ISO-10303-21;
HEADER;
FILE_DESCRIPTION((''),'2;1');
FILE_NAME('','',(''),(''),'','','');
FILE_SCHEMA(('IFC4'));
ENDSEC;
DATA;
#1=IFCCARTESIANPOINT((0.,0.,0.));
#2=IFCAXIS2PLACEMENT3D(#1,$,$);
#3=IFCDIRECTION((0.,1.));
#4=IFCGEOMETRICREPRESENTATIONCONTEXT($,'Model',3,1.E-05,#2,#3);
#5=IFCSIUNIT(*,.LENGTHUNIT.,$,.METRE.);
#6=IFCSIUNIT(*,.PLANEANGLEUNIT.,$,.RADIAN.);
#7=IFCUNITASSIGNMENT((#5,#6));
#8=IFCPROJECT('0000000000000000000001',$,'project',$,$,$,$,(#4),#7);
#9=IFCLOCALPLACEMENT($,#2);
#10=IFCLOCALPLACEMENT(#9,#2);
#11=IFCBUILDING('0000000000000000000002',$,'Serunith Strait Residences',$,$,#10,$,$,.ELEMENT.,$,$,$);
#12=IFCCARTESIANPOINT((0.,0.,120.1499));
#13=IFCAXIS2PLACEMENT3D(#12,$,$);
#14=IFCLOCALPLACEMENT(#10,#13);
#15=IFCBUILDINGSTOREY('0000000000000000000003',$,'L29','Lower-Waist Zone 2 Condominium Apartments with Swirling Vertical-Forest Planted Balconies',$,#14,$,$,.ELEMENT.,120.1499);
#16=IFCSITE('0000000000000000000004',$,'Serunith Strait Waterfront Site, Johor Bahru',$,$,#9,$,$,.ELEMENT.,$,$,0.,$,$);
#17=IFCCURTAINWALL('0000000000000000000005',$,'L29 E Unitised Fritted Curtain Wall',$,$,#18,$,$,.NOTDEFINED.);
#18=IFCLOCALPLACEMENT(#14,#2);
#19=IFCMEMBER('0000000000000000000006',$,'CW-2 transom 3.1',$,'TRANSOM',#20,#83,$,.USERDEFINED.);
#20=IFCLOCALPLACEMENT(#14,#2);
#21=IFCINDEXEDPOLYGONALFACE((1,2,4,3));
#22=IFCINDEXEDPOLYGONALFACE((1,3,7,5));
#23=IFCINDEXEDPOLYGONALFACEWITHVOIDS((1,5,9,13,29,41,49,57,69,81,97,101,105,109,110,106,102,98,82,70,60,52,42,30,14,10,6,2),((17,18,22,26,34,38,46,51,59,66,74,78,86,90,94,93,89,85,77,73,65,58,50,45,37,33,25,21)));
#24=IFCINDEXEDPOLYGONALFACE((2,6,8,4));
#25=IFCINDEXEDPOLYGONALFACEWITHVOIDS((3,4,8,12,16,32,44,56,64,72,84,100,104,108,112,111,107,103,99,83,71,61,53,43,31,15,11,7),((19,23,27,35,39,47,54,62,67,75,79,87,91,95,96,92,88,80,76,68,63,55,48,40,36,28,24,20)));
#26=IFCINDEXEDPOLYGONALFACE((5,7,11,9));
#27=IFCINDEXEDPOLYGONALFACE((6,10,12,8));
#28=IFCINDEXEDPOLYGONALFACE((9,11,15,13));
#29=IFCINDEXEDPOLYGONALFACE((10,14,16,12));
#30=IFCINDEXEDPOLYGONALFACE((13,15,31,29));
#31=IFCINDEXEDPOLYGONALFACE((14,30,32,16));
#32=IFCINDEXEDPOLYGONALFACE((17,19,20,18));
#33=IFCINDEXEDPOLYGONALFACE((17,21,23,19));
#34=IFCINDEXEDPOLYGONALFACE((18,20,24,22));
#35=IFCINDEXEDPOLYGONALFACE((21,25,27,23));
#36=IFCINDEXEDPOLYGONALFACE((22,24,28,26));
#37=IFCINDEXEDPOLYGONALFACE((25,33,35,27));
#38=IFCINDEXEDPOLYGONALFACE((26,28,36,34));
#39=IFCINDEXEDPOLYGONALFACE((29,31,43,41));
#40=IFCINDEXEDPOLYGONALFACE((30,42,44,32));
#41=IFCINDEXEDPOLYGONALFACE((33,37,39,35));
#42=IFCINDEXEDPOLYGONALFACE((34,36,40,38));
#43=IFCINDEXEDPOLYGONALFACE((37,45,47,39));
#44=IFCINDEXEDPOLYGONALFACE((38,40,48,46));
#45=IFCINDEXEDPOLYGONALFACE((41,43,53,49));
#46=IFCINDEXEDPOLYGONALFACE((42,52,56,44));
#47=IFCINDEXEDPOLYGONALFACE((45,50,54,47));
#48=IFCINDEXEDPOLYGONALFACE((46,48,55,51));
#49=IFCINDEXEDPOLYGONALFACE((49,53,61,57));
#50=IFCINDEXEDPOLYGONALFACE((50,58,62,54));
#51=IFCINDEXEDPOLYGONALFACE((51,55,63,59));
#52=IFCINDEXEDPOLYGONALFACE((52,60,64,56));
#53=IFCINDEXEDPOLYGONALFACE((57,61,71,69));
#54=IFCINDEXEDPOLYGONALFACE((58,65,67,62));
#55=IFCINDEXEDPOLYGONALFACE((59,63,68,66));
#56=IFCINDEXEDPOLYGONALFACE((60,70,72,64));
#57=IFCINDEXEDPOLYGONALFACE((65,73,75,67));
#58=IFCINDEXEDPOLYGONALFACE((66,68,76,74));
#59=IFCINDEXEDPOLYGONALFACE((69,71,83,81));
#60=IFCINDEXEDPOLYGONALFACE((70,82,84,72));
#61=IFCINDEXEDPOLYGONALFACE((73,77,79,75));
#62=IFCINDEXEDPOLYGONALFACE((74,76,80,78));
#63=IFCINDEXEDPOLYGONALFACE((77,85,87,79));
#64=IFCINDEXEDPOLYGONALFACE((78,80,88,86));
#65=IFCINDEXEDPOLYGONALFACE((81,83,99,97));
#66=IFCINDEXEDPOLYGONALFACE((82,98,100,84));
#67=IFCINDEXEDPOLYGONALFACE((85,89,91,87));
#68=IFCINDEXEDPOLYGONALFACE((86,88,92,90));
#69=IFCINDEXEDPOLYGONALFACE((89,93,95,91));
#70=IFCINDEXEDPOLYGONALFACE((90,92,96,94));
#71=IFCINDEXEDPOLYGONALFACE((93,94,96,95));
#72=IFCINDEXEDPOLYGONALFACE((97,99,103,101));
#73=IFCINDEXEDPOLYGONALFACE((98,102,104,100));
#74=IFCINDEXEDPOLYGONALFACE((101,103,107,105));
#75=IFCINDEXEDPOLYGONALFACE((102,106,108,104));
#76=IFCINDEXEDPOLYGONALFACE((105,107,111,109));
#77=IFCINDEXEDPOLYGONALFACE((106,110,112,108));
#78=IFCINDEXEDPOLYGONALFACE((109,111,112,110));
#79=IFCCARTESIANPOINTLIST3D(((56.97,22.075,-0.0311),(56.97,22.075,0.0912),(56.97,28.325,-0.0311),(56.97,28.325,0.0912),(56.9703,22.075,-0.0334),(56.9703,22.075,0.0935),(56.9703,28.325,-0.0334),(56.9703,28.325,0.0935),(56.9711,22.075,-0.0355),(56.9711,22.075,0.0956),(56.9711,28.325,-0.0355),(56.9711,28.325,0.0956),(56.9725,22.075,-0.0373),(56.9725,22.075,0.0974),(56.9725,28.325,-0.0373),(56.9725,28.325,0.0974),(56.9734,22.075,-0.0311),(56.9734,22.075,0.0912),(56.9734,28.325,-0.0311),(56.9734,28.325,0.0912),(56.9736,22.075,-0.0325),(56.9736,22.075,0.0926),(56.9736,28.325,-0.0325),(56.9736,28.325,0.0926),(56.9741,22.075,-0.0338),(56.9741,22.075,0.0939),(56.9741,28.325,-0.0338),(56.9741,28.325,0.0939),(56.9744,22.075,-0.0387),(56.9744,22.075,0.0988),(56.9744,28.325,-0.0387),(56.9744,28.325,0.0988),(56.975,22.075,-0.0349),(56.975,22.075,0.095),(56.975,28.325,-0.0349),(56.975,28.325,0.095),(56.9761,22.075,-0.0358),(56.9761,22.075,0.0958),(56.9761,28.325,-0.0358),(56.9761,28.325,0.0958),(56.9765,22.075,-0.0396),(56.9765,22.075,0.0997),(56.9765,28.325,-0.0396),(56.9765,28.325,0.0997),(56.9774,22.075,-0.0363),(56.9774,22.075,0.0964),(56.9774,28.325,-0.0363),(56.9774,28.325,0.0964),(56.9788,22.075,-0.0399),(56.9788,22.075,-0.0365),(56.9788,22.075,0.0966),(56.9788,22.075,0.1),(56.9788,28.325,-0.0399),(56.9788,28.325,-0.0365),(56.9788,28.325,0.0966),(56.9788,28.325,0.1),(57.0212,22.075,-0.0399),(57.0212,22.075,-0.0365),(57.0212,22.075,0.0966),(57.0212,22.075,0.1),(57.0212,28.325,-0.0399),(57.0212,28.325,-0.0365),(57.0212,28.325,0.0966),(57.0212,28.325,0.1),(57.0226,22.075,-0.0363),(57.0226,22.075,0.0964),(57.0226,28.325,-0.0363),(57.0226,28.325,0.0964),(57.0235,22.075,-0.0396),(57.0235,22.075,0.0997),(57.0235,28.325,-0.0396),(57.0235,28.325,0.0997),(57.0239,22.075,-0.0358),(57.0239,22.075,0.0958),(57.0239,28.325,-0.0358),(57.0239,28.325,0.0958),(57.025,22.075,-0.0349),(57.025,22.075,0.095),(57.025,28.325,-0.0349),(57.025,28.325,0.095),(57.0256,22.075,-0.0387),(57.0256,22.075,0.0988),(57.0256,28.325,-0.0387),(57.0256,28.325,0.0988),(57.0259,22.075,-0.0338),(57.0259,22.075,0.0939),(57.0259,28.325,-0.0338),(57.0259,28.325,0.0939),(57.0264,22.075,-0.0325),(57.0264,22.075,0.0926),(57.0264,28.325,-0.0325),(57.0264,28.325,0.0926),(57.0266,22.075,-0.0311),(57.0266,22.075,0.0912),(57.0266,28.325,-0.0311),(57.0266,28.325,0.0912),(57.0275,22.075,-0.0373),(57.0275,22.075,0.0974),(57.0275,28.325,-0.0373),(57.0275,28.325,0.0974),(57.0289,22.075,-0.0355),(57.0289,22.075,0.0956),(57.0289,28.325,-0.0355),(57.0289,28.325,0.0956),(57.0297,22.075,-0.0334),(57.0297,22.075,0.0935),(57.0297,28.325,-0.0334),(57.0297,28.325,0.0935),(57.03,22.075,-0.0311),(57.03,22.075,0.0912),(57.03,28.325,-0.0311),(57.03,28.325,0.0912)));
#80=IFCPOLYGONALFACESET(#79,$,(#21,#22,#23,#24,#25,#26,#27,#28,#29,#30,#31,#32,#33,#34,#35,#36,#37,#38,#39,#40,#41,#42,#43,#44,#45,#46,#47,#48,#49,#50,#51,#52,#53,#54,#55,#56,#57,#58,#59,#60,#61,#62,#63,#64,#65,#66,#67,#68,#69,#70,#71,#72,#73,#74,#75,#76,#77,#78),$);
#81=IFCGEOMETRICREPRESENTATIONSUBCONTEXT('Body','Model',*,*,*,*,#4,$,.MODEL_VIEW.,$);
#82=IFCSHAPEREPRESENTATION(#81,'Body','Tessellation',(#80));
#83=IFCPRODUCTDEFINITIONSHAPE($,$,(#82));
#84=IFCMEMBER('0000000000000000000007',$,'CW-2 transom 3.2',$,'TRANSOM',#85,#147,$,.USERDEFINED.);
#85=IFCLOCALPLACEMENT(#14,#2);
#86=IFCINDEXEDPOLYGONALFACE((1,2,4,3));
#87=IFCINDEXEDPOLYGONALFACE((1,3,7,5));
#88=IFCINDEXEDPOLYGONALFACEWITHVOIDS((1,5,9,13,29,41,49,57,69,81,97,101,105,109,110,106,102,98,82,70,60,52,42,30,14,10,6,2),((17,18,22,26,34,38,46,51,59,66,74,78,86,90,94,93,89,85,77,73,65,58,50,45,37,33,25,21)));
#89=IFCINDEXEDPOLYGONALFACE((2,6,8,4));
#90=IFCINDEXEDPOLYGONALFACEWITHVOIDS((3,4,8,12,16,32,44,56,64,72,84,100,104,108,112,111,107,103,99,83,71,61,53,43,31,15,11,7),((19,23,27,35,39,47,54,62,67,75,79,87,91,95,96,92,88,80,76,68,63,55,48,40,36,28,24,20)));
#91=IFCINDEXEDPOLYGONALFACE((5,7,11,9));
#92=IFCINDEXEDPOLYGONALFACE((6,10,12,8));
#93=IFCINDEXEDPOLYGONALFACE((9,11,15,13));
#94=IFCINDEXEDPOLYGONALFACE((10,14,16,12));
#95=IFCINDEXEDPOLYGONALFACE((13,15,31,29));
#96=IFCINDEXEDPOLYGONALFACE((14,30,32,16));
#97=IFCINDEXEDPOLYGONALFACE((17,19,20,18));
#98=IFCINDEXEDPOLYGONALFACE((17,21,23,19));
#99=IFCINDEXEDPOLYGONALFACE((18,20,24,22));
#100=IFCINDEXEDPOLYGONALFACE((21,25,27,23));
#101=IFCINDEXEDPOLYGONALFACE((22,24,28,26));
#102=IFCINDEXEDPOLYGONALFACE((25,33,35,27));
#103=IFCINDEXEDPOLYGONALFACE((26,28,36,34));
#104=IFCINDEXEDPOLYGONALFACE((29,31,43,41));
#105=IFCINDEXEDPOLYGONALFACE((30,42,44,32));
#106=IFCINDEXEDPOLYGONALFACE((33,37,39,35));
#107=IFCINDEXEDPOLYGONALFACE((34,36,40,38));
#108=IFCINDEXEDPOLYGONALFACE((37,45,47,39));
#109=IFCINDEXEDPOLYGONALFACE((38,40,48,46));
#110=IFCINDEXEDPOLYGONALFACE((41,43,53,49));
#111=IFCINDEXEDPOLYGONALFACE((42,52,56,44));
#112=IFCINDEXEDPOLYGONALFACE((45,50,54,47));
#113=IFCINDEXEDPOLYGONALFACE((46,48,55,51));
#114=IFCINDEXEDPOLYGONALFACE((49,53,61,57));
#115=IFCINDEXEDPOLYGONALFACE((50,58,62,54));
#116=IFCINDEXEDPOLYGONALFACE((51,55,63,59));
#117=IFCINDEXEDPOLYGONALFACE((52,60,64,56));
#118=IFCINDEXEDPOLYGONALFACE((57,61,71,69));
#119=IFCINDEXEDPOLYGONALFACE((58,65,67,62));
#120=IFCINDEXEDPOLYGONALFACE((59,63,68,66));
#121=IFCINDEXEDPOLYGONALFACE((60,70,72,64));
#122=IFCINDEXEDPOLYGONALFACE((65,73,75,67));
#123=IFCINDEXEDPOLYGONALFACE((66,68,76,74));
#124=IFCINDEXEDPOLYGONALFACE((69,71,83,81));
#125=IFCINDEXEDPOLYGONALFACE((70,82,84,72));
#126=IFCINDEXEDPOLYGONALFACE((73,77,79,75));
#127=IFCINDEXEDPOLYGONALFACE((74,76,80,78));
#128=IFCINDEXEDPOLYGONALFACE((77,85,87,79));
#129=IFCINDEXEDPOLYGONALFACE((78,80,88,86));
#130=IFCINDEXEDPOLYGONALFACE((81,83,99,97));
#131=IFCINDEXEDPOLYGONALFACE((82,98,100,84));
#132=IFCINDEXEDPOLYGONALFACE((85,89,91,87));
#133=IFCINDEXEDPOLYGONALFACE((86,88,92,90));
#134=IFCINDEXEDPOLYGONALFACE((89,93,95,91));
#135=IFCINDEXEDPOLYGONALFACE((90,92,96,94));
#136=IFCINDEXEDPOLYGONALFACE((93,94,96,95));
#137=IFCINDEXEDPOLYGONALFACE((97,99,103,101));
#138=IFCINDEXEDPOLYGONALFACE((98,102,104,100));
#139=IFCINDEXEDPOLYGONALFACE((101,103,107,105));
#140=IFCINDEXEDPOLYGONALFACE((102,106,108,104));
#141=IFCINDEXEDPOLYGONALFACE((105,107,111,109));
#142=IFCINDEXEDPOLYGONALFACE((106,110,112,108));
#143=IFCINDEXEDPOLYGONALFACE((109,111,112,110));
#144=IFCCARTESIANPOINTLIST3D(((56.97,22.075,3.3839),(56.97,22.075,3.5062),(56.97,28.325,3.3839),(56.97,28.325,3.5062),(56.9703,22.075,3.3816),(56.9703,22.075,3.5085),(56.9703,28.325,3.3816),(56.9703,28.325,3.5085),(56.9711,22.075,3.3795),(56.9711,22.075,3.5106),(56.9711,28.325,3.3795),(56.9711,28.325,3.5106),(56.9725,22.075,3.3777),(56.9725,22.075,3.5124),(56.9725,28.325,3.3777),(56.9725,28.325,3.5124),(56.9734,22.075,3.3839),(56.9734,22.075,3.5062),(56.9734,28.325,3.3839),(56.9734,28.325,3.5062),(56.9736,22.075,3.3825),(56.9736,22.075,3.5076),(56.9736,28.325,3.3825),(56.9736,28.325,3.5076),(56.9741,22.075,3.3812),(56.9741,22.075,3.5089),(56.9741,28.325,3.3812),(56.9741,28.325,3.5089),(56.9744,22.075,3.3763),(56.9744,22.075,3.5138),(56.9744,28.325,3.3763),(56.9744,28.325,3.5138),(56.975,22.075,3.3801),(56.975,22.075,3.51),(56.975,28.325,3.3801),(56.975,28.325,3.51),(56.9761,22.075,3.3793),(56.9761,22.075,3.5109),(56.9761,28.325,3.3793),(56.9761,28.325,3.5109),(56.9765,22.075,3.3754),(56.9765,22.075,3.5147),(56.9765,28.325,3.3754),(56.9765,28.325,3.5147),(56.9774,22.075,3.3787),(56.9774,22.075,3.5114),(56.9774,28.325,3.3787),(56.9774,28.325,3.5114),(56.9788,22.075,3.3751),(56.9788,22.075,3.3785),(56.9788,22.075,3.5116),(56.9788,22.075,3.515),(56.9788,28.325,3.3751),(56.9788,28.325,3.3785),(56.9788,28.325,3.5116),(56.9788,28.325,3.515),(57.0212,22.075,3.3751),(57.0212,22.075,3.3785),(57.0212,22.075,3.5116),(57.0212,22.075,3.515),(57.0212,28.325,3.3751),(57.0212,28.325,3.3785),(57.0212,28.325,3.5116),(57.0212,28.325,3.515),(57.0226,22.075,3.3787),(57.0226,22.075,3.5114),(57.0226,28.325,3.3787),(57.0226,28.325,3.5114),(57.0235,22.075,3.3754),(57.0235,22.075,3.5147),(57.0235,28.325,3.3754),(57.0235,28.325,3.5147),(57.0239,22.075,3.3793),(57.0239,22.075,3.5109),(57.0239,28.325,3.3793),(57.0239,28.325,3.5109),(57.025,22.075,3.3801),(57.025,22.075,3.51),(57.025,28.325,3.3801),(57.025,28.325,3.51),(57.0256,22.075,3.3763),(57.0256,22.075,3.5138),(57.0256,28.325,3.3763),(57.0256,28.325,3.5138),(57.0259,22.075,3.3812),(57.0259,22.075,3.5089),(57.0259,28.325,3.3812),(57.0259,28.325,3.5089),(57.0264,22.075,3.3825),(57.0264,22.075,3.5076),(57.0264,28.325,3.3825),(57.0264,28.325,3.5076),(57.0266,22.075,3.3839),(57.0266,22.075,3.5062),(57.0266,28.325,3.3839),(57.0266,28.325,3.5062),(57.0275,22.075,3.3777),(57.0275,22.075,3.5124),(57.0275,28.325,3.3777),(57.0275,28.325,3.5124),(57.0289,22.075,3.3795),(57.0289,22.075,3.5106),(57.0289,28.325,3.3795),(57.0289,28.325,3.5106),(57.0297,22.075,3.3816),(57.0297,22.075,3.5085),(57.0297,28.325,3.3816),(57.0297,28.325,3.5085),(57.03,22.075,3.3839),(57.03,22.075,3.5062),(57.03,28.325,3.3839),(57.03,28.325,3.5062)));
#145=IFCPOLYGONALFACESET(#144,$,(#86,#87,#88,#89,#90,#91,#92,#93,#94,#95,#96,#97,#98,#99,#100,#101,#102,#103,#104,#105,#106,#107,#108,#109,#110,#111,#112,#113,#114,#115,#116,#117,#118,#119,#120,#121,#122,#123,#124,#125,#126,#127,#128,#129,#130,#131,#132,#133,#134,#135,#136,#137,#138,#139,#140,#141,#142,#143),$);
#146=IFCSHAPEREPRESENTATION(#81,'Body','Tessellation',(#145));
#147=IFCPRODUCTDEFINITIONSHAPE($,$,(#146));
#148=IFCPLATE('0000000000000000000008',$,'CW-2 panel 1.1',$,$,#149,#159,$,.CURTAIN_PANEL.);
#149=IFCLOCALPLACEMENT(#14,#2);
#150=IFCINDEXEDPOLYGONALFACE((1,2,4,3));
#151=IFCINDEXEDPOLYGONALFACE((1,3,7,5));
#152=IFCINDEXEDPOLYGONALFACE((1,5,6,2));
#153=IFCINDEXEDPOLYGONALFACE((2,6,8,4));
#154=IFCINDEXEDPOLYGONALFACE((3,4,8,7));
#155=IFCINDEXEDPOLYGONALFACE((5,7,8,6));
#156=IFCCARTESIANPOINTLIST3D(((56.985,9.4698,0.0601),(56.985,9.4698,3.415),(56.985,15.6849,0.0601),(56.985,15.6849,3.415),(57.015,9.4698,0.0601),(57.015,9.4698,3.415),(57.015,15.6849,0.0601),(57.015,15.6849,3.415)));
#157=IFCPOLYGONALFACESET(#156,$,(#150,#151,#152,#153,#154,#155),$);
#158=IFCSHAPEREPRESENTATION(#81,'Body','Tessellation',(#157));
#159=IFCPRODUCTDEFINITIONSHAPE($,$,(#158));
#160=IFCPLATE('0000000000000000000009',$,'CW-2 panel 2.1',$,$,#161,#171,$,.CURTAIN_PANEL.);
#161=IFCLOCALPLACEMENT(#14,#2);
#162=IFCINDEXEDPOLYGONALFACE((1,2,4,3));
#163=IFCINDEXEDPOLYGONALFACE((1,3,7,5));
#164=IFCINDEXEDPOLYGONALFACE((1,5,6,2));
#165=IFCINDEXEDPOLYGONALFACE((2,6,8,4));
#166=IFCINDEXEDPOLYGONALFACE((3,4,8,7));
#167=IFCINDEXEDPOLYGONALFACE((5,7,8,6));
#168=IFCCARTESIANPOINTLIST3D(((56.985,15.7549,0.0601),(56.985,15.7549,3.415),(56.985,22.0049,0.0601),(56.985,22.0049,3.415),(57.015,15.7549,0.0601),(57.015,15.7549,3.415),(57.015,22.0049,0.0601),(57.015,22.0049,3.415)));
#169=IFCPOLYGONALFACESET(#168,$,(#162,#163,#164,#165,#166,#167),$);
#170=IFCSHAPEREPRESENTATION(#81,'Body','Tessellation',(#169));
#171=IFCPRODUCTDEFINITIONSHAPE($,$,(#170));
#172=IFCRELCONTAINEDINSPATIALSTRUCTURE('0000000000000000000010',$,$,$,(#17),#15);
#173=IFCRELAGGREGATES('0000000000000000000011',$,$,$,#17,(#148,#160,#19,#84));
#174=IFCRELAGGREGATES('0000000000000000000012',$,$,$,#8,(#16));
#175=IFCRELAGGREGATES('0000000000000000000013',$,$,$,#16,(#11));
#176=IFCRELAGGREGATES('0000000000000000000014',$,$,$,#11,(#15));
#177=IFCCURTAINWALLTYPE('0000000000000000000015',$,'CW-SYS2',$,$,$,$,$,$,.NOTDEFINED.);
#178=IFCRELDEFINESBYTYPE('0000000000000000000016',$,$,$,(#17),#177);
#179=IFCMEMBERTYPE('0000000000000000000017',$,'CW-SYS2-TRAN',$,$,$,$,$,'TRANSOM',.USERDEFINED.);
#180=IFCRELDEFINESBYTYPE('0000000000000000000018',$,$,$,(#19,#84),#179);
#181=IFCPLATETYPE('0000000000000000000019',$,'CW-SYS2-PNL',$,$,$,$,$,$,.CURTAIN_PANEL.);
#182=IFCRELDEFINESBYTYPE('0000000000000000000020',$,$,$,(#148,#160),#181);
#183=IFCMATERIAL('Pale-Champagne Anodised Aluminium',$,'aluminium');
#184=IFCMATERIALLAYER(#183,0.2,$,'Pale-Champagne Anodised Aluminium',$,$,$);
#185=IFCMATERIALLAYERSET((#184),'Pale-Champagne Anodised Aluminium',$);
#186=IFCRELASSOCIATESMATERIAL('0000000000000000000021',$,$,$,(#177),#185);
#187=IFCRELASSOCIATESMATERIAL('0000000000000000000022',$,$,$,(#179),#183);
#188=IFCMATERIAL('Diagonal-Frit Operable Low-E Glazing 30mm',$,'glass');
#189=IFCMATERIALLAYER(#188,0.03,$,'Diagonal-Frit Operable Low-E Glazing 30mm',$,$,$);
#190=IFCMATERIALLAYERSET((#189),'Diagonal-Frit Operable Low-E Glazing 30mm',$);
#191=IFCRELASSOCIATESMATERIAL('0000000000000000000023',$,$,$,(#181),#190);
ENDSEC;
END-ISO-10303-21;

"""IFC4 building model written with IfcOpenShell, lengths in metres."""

from ifc_helpers import new_model, si_unit, direction, frame, origin, origin_2d, place, context, subcontext, project, spatial, rectangle, hollow_rectangle, extrude, source, transform, mapped, material, layer, layer_set, material_profile, profile_set, type_object, element, aggregate, save


model = new_model("IFC4")

# Units and contexts
model_context = context("Model", 3, precision=1e-05, world=origin(), true_north=direction((0.0, 1.0)))
body_context = subcontext(model_context, "Body", "Model", "MODEL_VIEW")
ifc_project = project(units=[si_unit("LENGTHUNIT", "METRE"), si_unit("PLANEANGLEUNIT", "RADIAN")], contexts=[model_context])

# Site, building, storey
site_placement = place(None, origin())
site = spatial("IfcSite", under=ifc_project, at=site_placement, Name="Serunith Strait Waterfront Site, Johor Bahru", CompositionType="ELEMENT", RefElevation=0.0)
building_placement = place(site_placement, origin())
building = spatial("IfcBuilding", under=site, at=building_placement, Name="Serunith Strait Residences", CompositionType="ELEMENT")
storey_placement = place(building_placement, frame((0.0, 0.0, 120.1499)))
storey = spatial("IfcBuildingStorey", under=building, at=storey_placement, Name="L29", Description="Lower-Waist Zone 2 Condominium Apartments with Swirling Vertical-Forest Planted Balconies", CompositionType="ELEMENT", Elevation=120.1499)

# Curtain wall, members, plates
ifc_material_1 = material(Name="Pale-Champagne Anodised Aluminium", Category="aluminium")
ifc_layer_1 = layer(ifc_material_1, 0.2, Name="Pale-Champagne Anodised Aluminium")
ifc_layer_set_1 = layer_set([ifc_layer_1], Name="Pale-Champagne Anodised Aluminium")
curtain_wall_type = type_object("IfcCurtainWallType", Name="CW-SYS2", PredefinedType="NOTDEFINED", material=ifc_layer_set_1)
curtain_wall_placement = place(storey_placement, origin())
curtain_wall = element("IfcCurtainWall", 1, at=curtain_wall_placement, inside=storey, type_object=curtain_wall_type, Name="L29 E Unitised Fritted Curtain Wall", PredefinedType="NOTDEFINED")
ifc_material_profile_1 = material_profile(ifc_material_1, hollow_rectangle(XDim=0.0601, YDim=0.1399, WallThickness=0.0034, InnerFilletRadius=0.0054, OuterFilletRadius=0.0088, at=origin_2d()), Name="ALU 140x60x3.5")
ifc_profile_set_1 = profile_set([ifc_material_profile_1], Name="Pale-Champagne Anodised Aluminium")
member_type_1 = type_object("IfcMemberType", Name="CW-SYS2-TRAN", ElementType="TRANSOM", PredefinedType="USERDEFINED", material=ifc_profile_set_1)
shared_shape_1 = source(origin(), body_context, "Body", "SweptSolid", [
    extrude(hollow_rectangle(XDim=0.0601, YDim=0.1399, WallThickness=0.0034, InnerFilletRadius=0.0054, OuterFilletRadius=0.0088, at=origin_2d()), origin(), (0.0, 0.0, 1.0), 6.25),
])
member_1_placement = place(storey_placement, frame((57.0, 22.075, 0.03), z_axis=(0.0, 1.0, 0.0), x_axis=(-1.0, 0.0, 0.0)))
member_1 = element("IfcMember", 2, at=member_1_placement, type_object=member_type_1, Name="CW-2 transom 3.1", ObjectType="TRANSOM", PredefinedType="USERDEFINED", context=body_context, shape_type="MappedRepresentation", body=[
    mapped(shared_shape_1, transform((0.0, 0.0, 0.0), scale=1.0)),
])
member_2_placement = place(storey_placement, frame((57.0, 22.075, 3.4451), z_axis=(0.0, 1.0, 0.0), x_axis=(-1.0, 0.0, 0.0)))
member_2 = element("IfcMember", 3, at=member_2_placement, type_object=member_type_1, Name="CW-2 transom 3.2", ObjectType="TRANSOM", PredefinedType="USERDEFINED", context=body_context, shape_type="MappedRepresentation", body=[
    mapped(shared_shape_1, transform((0.0, 0.0, 0.0), scale=1.0)),
])
ifc_material_2 = material(Name="Diagonal-Frit Operable Low-E Glazing 30mm", Category="glass")
ifc_layer_2 = layer(ifc_material_2, 0.03, Name="Diagonal-Frit Operable Low-E Glazing 30mm")
ifc_layer_set_2 = layer_set([ifc_layer_2], Name="Diagonal-Frit Operable Low-E Glazing 30mm")
plate_type = type_object("IfcPlateType", Name="CW-SYS2-PNL", PredefinedType="CURTAIN_PANEL", material=ifc_layer_set_2)
shared_shape_2 = source(origin(), body_context, "Body", "SweptSolid", [
    extrude(rectangle(XDim=6.2151, YDim=0.03, at=origin_2d()), origin(), (0.0, 0.0, 1.0), 3.355),
])
plate_1_placement = place(storey_placement, frame((57.0, 12.5774, 0.0601), z_axis=(0.0, 0.0, 1.0), x_axis=(0.0, 1.0, 0.0)))
plate_1 = element("IfcPlate", 4, at=plate_1_placement, type_object=plate_type, Name="CW-2 panel 1.1", PredefinedType="CURTAIN_PANEL", context=body_context, shape_type="MappedRepresentation", body=[
    mapped(shared_shape_2, transform((0.0, 0.0, 0.0), scale=1.0)),
])
shared_shape_3 = source(origin(), body_context, "Body", "SweptSolid", [
    extrude(rectangle(XDim=6.25, YDim=0.03, at=origin_2d()), origin(), (0.0, 0.0, 1.0), 3.355),
])
plate_2_placement = place(storey_placement, frame((57.0, 18.8799, 0.0601), z_axis=(0.0, 0.0, 1.0), x_axis=(0.0, 1.0, 0.0)))
plate_2 = element("IfcPlate", 5, at=plate_2_placement, type_object=plate_type, Name="CW-2 panel 2.1", PredefinedType="CURTAIN_PANEL", context=body_context, shape_type="MappedRepresentation", body=[
    mapped(shared_shape_3, transform((0.0, 0.0, 0.0), scale=1.0)),
])
aggregate(curtain_wall, [plate_1, plate_2, member_1, member_2])

save(model, "model.ifc")
